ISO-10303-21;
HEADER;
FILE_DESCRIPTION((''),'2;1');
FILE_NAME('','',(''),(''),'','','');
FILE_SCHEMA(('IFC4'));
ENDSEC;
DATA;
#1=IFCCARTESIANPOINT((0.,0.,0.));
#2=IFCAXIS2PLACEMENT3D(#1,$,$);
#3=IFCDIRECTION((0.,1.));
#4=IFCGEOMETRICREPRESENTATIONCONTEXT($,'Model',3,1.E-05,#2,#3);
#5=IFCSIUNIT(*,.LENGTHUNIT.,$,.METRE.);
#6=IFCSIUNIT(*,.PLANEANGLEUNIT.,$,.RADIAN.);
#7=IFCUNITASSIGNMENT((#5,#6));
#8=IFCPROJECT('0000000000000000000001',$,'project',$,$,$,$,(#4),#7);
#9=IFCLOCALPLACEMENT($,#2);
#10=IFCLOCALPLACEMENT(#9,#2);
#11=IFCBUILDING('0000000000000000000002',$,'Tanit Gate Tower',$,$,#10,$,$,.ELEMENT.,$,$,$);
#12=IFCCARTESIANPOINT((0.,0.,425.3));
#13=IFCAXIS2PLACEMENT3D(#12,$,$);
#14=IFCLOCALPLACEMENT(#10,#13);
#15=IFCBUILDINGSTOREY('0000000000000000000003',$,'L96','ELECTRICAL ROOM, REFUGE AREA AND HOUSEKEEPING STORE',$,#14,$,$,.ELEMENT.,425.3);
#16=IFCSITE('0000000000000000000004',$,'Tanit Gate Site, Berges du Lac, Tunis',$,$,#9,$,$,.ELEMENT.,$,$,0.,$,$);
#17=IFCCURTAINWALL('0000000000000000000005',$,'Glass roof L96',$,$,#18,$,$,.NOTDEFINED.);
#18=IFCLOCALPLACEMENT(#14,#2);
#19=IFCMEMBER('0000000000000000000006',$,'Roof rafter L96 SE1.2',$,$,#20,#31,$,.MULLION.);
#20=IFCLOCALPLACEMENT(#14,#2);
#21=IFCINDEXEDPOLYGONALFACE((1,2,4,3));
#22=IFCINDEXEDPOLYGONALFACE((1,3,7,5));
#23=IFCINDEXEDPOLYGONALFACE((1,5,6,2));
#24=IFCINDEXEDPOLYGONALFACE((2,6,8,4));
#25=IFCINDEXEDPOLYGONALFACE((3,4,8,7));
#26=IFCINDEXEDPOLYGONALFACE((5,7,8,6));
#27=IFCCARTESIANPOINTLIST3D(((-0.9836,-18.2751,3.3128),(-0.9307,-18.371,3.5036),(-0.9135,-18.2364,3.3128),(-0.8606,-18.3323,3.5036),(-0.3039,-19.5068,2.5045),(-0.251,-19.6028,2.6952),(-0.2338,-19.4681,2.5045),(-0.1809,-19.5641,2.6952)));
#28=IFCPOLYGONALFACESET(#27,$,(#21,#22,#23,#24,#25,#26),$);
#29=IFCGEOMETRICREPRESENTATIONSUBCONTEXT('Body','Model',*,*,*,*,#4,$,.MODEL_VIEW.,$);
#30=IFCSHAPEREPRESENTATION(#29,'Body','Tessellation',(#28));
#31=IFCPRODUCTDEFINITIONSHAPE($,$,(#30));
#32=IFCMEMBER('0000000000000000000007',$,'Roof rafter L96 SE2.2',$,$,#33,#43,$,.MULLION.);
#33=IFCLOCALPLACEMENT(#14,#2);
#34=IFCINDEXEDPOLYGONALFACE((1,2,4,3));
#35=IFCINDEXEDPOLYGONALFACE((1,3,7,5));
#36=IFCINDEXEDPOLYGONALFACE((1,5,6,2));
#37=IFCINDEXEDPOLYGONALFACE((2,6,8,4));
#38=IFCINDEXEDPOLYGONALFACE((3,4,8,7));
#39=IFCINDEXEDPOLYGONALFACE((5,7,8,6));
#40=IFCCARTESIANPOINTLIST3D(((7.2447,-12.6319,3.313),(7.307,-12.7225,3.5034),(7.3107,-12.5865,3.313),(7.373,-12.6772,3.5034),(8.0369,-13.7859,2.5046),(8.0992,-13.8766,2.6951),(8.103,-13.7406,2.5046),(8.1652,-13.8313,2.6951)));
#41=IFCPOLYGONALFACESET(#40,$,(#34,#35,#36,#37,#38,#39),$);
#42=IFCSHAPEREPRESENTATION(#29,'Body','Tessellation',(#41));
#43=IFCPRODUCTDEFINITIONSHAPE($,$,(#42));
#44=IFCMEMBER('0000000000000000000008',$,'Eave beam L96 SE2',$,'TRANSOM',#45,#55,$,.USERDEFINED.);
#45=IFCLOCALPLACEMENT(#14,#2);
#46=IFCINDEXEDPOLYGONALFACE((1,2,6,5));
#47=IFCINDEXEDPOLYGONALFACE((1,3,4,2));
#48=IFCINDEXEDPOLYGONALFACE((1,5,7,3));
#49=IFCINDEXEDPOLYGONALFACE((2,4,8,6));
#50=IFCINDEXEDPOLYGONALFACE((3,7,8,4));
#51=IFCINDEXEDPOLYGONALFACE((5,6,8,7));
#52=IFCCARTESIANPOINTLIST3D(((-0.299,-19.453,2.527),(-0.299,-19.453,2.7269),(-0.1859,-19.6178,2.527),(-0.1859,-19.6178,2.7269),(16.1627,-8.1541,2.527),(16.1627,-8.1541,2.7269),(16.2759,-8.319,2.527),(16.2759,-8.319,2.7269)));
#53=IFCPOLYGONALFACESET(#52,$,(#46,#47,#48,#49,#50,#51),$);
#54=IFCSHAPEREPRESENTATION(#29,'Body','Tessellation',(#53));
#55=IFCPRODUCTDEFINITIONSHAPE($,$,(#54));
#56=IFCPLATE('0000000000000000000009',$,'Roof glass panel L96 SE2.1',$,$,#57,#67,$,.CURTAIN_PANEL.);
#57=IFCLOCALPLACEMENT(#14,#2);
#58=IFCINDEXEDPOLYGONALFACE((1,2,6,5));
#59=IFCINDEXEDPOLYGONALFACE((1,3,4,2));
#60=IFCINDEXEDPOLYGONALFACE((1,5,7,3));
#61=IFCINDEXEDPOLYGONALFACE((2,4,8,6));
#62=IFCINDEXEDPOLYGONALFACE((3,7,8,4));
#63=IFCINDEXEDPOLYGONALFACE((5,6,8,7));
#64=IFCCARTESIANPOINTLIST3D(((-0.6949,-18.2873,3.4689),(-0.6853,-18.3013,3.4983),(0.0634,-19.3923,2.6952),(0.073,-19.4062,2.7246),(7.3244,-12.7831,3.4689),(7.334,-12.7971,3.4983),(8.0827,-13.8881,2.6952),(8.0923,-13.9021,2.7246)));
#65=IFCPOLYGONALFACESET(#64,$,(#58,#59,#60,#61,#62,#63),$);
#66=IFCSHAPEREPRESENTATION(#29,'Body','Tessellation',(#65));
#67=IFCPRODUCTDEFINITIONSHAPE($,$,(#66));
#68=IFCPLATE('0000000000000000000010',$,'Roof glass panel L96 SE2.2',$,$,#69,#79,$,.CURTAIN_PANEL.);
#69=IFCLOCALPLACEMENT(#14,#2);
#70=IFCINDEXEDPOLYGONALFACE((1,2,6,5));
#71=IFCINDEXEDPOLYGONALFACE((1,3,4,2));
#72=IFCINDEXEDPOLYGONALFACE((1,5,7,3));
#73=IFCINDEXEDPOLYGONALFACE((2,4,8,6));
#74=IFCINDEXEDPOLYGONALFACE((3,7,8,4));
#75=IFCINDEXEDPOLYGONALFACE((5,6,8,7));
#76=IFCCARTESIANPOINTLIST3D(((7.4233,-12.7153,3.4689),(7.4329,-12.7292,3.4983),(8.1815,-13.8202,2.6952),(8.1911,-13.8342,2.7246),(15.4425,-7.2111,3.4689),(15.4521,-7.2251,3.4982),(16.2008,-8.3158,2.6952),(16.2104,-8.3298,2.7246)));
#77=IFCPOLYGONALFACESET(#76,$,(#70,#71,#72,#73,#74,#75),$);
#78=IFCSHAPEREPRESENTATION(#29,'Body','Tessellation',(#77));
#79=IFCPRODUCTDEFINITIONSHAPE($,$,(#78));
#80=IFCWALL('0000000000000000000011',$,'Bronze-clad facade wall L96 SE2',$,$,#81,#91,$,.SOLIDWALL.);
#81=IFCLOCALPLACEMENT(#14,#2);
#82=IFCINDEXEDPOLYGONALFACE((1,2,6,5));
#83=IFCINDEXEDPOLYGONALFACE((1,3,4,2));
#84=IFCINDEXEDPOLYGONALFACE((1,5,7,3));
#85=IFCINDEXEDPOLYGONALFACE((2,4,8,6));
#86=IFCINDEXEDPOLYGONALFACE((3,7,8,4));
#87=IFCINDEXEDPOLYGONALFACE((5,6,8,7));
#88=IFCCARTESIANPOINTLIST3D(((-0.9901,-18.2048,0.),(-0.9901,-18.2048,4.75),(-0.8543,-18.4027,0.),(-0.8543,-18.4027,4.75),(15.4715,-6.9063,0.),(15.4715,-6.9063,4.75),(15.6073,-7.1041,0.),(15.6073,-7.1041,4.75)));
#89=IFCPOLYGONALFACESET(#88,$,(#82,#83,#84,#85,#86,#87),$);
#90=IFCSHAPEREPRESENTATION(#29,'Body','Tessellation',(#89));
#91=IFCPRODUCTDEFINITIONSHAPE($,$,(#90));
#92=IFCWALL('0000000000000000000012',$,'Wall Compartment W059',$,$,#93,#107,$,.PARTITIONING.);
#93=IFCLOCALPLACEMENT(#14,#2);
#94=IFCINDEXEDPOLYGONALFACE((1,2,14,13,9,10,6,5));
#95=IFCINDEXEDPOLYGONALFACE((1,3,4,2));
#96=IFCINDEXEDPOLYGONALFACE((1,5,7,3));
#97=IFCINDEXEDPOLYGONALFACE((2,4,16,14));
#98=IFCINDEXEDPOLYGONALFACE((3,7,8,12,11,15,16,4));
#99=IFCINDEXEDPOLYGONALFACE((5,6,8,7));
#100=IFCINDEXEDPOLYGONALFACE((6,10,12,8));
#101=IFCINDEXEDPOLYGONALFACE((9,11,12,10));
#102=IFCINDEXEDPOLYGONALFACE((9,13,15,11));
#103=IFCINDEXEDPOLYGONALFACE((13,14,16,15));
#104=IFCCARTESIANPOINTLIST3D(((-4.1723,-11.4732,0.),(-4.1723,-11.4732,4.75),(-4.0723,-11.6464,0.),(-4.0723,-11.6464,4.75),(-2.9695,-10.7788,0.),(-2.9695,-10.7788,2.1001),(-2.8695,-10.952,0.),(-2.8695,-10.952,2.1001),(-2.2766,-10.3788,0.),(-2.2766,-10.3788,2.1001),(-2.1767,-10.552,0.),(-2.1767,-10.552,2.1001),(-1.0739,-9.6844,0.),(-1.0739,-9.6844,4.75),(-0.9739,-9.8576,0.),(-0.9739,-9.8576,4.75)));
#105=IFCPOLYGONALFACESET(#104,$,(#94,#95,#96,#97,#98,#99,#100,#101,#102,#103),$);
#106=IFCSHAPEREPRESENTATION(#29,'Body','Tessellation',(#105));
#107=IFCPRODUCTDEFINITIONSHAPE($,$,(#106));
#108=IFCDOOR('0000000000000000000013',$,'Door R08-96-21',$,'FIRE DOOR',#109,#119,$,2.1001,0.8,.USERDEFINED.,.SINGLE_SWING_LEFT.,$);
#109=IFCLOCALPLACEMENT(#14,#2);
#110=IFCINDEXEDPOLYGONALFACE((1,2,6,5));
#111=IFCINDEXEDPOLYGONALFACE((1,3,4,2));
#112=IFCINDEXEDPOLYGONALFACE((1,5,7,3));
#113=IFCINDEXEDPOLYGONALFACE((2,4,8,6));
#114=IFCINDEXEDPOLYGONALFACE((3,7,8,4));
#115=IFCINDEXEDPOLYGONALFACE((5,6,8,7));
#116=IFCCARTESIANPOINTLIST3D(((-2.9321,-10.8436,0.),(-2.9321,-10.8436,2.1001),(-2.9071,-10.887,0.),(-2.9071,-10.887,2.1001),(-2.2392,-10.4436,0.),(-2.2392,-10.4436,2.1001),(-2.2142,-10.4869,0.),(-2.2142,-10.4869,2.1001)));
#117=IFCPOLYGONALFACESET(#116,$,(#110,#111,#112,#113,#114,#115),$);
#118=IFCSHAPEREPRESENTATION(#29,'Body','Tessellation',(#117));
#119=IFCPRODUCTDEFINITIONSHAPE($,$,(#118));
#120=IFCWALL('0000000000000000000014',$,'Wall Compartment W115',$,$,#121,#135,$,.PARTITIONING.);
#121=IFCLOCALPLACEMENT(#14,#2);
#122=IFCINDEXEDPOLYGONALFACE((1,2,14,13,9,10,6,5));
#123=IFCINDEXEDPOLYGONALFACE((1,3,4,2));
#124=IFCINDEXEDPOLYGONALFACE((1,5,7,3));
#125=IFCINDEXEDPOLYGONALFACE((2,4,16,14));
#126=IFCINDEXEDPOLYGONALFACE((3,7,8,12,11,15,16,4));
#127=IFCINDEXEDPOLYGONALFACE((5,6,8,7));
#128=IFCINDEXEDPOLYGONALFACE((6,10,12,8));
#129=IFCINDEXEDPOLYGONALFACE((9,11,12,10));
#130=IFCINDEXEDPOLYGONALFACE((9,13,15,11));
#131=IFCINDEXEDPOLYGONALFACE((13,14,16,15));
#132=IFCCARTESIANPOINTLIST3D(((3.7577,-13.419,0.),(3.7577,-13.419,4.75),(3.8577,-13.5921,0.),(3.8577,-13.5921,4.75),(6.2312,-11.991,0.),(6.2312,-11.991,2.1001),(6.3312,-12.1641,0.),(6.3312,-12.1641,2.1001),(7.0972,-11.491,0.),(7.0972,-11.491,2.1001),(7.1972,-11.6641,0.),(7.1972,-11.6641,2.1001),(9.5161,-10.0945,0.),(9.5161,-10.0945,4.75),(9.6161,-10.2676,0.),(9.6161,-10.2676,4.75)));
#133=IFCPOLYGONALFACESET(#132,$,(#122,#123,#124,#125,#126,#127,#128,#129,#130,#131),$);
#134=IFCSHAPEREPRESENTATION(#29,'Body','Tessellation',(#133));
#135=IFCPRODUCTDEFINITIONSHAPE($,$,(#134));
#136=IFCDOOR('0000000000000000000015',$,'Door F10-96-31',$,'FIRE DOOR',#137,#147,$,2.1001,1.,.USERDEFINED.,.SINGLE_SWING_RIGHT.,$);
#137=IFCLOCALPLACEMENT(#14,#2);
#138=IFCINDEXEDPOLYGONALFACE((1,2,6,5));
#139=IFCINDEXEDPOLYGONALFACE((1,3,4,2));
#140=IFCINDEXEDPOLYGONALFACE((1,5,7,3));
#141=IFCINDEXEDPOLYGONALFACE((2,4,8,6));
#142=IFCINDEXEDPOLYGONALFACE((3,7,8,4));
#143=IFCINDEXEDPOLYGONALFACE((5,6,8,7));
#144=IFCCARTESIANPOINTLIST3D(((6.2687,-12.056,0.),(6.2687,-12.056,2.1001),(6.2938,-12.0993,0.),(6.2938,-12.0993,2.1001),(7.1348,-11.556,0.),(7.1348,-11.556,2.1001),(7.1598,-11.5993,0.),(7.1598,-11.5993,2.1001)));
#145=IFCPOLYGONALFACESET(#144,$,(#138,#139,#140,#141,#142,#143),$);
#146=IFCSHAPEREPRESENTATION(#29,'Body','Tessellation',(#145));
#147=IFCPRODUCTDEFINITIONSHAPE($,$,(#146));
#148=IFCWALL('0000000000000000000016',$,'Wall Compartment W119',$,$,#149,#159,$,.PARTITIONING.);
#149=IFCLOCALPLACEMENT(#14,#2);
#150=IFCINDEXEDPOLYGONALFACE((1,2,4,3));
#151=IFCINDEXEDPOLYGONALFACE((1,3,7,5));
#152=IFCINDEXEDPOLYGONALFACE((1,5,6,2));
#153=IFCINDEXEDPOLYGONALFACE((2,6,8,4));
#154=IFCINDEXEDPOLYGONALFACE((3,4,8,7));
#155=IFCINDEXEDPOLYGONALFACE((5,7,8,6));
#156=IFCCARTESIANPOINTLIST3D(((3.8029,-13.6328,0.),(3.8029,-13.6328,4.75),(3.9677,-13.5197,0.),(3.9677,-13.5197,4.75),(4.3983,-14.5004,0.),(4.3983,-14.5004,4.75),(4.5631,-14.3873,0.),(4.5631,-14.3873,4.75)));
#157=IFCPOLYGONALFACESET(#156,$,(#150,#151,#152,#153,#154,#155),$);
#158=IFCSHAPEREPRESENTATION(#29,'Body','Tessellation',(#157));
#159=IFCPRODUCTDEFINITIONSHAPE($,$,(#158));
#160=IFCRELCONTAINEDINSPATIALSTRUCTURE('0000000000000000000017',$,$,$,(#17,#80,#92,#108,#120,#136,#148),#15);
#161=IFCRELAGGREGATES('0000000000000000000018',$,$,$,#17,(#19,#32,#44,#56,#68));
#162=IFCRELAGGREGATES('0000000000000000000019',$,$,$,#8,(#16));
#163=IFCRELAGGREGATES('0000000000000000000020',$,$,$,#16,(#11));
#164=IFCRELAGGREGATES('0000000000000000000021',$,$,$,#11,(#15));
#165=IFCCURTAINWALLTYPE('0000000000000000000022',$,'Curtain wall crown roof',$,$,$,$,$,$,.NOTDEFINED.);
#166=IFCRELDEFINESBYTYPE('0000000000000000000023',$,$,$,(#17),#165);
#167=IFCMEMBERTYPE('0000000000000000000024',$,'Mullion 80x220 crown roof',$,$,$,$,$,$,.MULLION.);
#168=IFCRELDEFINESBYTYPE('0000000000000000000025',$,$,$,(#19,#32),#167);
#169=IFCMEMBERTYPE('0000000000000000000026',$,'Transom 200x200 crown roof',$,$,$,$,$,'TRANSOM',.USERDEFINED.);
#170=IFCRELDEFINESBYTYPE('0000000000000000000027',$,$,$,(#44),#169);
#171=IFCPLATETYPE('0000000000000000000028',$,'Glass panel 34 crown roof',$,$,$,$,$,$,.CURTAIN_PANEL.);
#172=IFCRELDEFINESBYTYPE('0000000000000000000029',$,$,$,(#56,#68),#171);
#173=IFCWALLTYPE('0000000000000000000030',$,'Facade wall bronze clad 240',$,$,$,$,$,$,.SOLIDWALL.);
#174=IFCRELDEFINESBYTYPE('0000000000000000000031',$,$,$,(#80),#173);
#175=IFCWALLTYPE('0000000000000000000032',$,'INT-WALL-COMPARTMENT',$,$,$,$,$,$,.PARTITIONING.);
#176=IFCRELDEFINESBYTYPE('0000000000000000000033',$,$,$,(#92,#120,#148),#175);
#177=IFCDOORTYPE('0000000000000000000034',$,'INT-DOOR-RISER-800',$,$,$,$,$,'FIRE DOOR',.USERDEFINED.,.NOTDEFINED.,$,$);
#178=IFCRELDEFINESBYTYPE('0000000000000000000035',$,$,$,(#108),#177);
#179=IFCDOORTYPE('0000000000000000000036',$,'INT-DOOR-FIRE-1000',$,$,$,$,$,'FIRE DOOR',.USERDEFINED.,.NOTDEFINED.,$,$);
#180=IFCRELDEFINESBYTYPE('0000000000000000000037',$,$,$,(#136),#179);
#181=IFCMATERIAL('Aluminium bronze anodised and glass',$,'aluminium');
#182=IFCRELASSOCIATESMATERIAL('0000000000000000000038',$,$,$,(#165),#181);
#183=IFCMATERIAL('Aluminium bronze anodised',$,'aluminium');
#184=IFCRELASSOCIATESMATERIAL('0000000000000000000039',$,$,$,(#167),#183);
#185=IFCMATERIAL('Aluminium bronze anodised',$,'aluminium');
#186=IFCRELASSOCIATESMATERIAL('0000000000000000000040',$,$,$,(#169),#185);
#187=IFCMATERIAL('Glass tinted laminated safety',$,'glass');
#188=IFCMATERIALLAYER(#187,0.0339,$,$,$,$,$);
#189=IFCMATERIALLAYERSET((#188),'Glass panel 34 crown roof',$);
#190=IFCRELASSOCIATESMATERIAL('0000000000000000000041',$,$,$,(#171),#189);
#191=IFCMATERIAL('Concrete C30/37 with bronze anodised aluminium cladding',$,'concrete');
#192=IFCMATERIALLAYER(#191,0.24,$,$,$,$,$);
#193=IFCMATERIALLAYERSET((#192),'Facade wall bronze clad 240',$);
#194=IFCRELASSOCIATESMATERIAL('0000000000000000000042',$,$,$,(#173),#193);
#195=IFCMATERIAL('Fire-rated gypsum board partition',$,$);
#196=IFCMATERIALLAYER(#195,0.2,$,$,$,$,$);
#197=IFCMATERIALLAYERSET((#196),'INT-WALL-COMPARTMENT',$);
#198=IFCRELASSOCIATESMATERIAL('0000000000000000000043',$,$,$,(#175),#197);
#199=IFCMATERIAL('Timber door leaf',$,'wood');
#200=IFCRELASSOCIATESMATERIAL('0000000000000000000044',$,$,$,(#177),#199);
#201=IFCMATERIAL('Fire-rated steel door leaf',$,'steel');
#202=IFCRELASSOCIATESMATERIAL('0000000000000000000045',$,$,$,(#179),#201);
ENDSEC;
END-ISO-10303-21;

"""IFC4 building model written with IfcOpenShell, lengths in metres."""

from ifc_helpers import new_model, si_unit, direction, frame, frame_2d, origin, origin_2d, place, context, subcontext, project, spatial, polyline, rectangle, outline, extrude, material, layer, layer_set, material_profile, profile_set, type_object, element, fill, aggregate, save


model = new_model("IFC4")

# Units and contexts
model_context = context("Model", 3, precision=1e-05, world=origin(), true_north=direction((0.0, 1.0)))
body_context = subcontext(model_context, "Body", "Model", "MODEL_VIEW")
ifc_project = project(units=[si_unit("LENGTHUNIT", "METRE"), si_unit("PLANEANGLEUNIT", "RADIAN")], contexts=[model_context])

# Site, building, storey
site_placement = place(None, origin())
site = spatial("IfcSite", under=ifc_project, at=site_placement, Name="Tanit Gate Site, Berges du Lac, Tunis", CompositionType="ELEMENT", RefElevation=0.0)
building_placement = place(site_placement, origin())
building = spatial("IfcBuilding", under=site, at=building_placement, Name="Tanit Gate Tower", CompositionType="ELEMENT")
storey_placement = place(building_placement, frame((0.0, 0.0, 425.3)))
storey = spatial("IfcBuildingStorey", under=building, at=storey_placement, Name="L96", Description="ELECTRICAL ROOM, REFUGE AREA AND HOUSEKEEPING STORE", CompositionType="ELEMENT", Elevation=425.3)

# Curtain wall, members, plates
ifc_material_1 = material(Name="Aluminium bronze anodised and glass", Category="aluminium")
curtain_wall_type = type_object("IfcCurtainWallType", Name="Curtain wall crown roof", PredefinedType="NOTDEFINED", material=ifc_material_1)
curtain_wall_placement = place(storey_placement, origin())
curtain_wall = element("IfcCurtainWall", 1, at=curtain_wall_placement, inside=storey, type_object=curtain_wall_type, Name="Glass roof L96", PredefinedType="NOTDEFINED")
ifc_material_2 = material(Name="Aluminium bronze anodised", Category="aluminium")
ifc_material_profile_1 = material_profile(ifc_material_2, rectangle(XDim=0.0801, YDim=0.22, at=origin_2d()), Name="80x220 bronze rafter")
ifc_profile_set_1 = profile_set([ifc_material_profile_1], Name="Aluminium bronze anodised")
member_type_1 = type_object("IfcMemberType", Name="Mullion 80x220 crown roof", PredefinedType="MULLION", material=ifc_profile_set_1)
member_1_placement = place(storey_placement, frame((-0.9221, -18.3037, 3.4082), z_axis=(0.418917, -0.759137, -0.498216), x_axis=(0.875537, 0.483151, 0.0)))
member_1 = element("IfcMember", 2, at=member_1_placement, type_object=member_type_1, Name="Roof rafter L96 SE1.2", PredefinedType="MULLION", context=body_context, shape_type="SweptSolid", body=[
    extrude(rectangle(XDim=0.0801, YDim=0.22, at=origin_2d()), origin(), (0.0, 0.0, 1.0), 1.6226),
])
member_2_placement = place(storey_placement, frame((7.3088, -12.6545, 3.4082), z_axis=(0.490109, -0.713943, -0.500078), x_axis=(0.824434, 0.565959, 0.0)))
member_2 = element("IfcMember", 3, at=member_2_placement, type_object=member_type_1, Name="Roof rafter L96 SE2.2", PredefinedType="MULLION", context=body_context, shape_type="SweptSolid", body=[
    extrude(rectangle(XDim=0.0801, YDim=0.22, at=origin_2d()), origin(), (0.0, 0.0, 1.0), 1.6165),
])
ifc_material_3 = material(Name="Aluminium bronze anodised", Category="aluminium")
ifc_material_profile_2 = material_profile(ifc_material_3, rectangle(XDim=0.2, YDim=0.2, at=origin_2d()), Name="200x200 bronze transom")
ifc_profile_set_2 = profile_set([ifc_material_profile_2], Name="Aluminium bronze anodised")
member_type_2 = type_object("IfcMemberType", Name="Transom 200x200 crown roof", ElementType="TRANSOM", PredefinedType="USERDEFINED", material=ifc_profile_set_2)
member_3_placement = place(storey_placement, frame((-0.2424, -19.5354, 2.627), z_axis=(0.824476, 0.565897, 0.0), x_axis=(-0.565897, 0.824476, 0.0)))
member_3 = element("IfcMember", 4, at=member_3_placement, type_object=member_type_2, Name="Eave beam L96 SE2", ObjectType="TRANSOM", PredefinedType="USERDEFINED", context=body_context, shape_type="SweptSolid", body=[
    extrude(rectangle(XDim=0.2, YDim=0.2, at=origin_2d()), origin(), (0.0, 0.0, 1.0), 19.9663),
])
ifc_material_4 = material(Name="Glass tinted laminated safety", Category="glass")
ifc_layer_1 = layer(ifc_material_4, 0.0339)
ifc_layer_set_1 = layer_set([ifc_layer_1], Name="Glass panel 34 crown roof")
plate_type = type_object("IfcPlateType", Name="Glass panel 34 crown roof", PredefinedType="CURTAIN_PANEL", material=ifc_layer_set_1)
plate_1_placement = place(storey_placement, frame((-0.6853, -18.3013, 3.4983), z_axis=(0.282931, -0.412218, 0.866041), x_axis=(0.824479, 0.565893, 0.0)))
plate_1 = element("IfcPlate", 5, at=plate_1_placement, type_object=plate_type, Name="Roof glass panel L96 SE2.1", PredefinedType="CURTAIN_PANEL", context=body_context, shape_type="SweptSolid", body=[
    extrude(outline(polyline([(0.0, 0.0), (9.7265, 0.0), (9.7264, -1.5474), (-0.0001, -1.5474), (0.0, 0.0)])), origin(), (0.0, 0.0, -1.0), 0.0339),
])
plate_2_placement = place(storey_placement, frame((7.4329, -12.7292, 3.4983), z_axis=(0.282952, -0.412238, 0.866024), x_axis=(0.824477, 0.565895, -0.000004)))
plate_2 = element("IfcPlate", 6, at=plate_2_placement, type_object=plate_type, Name="Roof glass panel L96 SE2.2", PredefinedType="CURTAIN_PANEL", context=body_context, shape_type="SweptSolid", body=[
    extrude(outline(polyline([(0.0, 0.0), (9.7265, 0.0), (9.7265, -1.5473), (-0.0001, -1.5474), (0.0, 0.0)])), origin(), (0.0, 0.0, -1.0), 0.0339),
])
aggregate(curtain_wall, [member_1, member_2, member_3, plate_1, plate_2])

# Wall
ifc_material_5 = material(Name="Concrete C30/37 with bronze anodised aluminium cladding", Category="concrete")
ifc_layer_2 = layer(ifc_material_5, 0.24)
ifc_layer_set_2 = layer_set([ifc_layer_2], Name="Facade wall bronze clad 240")
wall_type_1 = type_object("IfcWallType", Name="Facade wall bronze clad 240", PredefinedType="SOLIDWALL", material=ifc_layer_set_2)
wall_1_placement = place(storey_placement, frame((-0.9221, -18.3037, 0.0), z_axis=(0.0, 0.0, 1.0), x_axis=(0.824482, 0.565889, 0.0)))
element("IfcWall", 7, at=wall_1_placement, inside=storey, type_object=wall_type_1, Name="Bronze-clad facade wall L96 SE2", PredefinedType="SOLIDWALL", context=body_context, shape_type="SweptSolid", body=[
    extrude(rectangle(XDim=19.9661, YDim=0.24, at=frame_2d((9.9829, 0.0))), origin(), (0.0, 0.0, 1.0), 4.75),
])

# Walls, openings, doors
ifc_material_6 = material(Name="Fire-rated gypsum board partition")
ifc_layer_3 = layer(ifc_material_6, 0.2)
ifc_layer_set_3 = layer_set([ifc_layer_3], Name="INT-WALL-COMPARTMENT")
wall_type_2 = type_object("IfcWallType", Name="INT-WALL-COMPARTMENT", PredefinedType="PARTITIONING", material=ifc_layer_set_3)
wall_2_placement = place(storey_placement, frame((-1.0239, -9.771, 0.0), z_axis=(0.0, 0.0, 1.0), x_axis=(-0.86603, -0.499992, 0.0)))
wall_2 = element("IfcWall", 8, at=wall_2_placement, inside=storey, type_object=wall_type_2, Name="Wall Compartment W059", PredefinedType="PARTITIONING", context=body_context, shape_type="SweptSolid", body=[
    extrude(rectangle(XDim=3.5776, YDim=0.2, at=frame_2d((1.7888, 0.0))), origin(), (0.0, 0.0, 1.0), 4.75),
])
opening_1_placement = place(wall_2_placement, frame((1.3889, 0.0, 0.0)))
opening_1 = element("IfcOpeningElement", 9, at=opening_1_placement, cuts=wall_2, PredefinedType="OPENING", context=body_context, shape_type="SweptSolid", body=[
    extrude(rectangle(XDim=0.8, YDim=2.1001, at=frame_2d((0.3999, 1.05))), frame((0.0, 0.1099, 0.0), z_axis=(0.0, -1.0, 0.0), x_axis=(1.0, 0.0, 0.0)), (0.0, 0.0, 1.0), 0.22),
])
ifc_material_7 = material(Name="Timber door leaf", Category="wood")
door_type_1 = type_object("IfcDoorType", Name="INT-DOOR-RISER-800", ElementType="FIRE DOOR", OperationType="NOTDEFINED", PredefinedType="USERDEFINED", material=ifc_material_7)
door_1_placement = place(opening_1_placement, origin())
door_1 = element("IfcDoor", 10, at=door_1_placement, inside=storey, type_object=door_type_1, Name="Door R08-96-21", ObjectType="FIRE DOOR", OperationType="SINGLE_SWING_LEFT", OverallHeight=2.1001, OverallWidth=0.8, PredefinedType="USERDEFINED", context=body_context, shape_type="SweptSolid", body=[
    extrude(rectangle(XDim=0.8, YDim=2.1001, at=frame_2d((0.3999, 1.05))), frame((0.0, 0.0249, 0.0), z_axis=(0.0, -1.0, 0.0), x_axis=(1.0, 0.0, 0.0)), (0.0, 0.0, 1.0), 0.05),
])
fill(opening_1, door_1)
wall_3_placement = place(storey_placement, frame((3.8076, -13.5056, 0.0), z_axis=(0.0, 0.0, 1.0), x_axis=(0.866032, 0.499989, 0.0)))
wall_3 = element("IfcWall", 11, at=wall_3_placement, inside=storey, type_object=wall_type_2, Name="Wall Compartment W115", PredefinedType="PARTITIONING", context=body_context, shape_type="SweptSolid", body=[
    extrude(rectangle(XDim=6.6492, YDim=0.2, at=frame_2d((3.3247, 0.0))), origin(), (0.0, 0.0, 1.0), 4.75),
])
opening_2_placement = place(wall_3_placement, frame((2.8562, 0.0, 0.0)))
opening_2 = element("IfcOpeningElement", 12, at=opening_2_placement, cuts=wall_3, PredefinedType="OPENING", context=body_context, shape_type="SweptSolid", body=[
    extrude(rectangle(XDim=1.0, YDim=2.1001, at=frame_2d((0.5, 1.05))), frame((0.0, 0.1099, 0.0), z_axis=(0.0, -1.0, 0.0), x_axis=(1.0, 0.0, 0.0)), (0.0, 0.0, 1.0), 0.22),
])
ifc_material_8 = material(Name="Fire-rated steel door leaf", Category="steel")
door_type_2 = type_object("IfcDoorType", Name="INT-DOOR-FIRE-1000", ElementType="FIRE DOOR", OperationType="NOTDEFINED", PredefinedType="USERDEFINED", material=ifc_material_8)
door_2_placement = place(opening_2_placement, origin())
door_2 = element("IfcDoor", 13, at=door_2_placement, inside=storey, type_object=door_type_2, Name="Door F10-96-31", ObjectType="FIRE DOOR", OperationType="SINGLE_SWING_RIGHT", OverallHeight=2.1001, OverallWidth=1.0, PredefinedType="USERDEFINED", context=body_context, shape_type="SweptSolid", body=[
    extrude(rectangle(XDim=1.0, YDim=2.1001, at=frame_2d((0.5, 1.05))), frame((0.0, 0.0249, 0.0), z_axis=(0.0, -1.0, 0.0), x_axis=(1.0, 0.0, 0.0)), (0.0, 0.0, 1.0), 0.05),
])
fill(opening_2, door_2)

# Wall
wall_4_placement = place(storey_placement, frame((4.4807, -14.4438, 0.0), z_axis=(0.0, 0.0, 1.0), x_axis=(-0.565839, 0.824515, 0.0)))
element("IfcWall", 14, at=wall_4_placement, inside=storey, type_object=wall_type_2, Name="Wall Compartment W119", PredefinedType="PARTITIONING", context=body_context, shape_type="SweptSolid", body=[
    extrude(rectangle(XDim=1.0522, YDim=0.2, at=frame_2d((0.5261, 0.0))), origin(), (0.0, 0.0, 1.0), 4.75),
])

save(model, "model.ifc")
